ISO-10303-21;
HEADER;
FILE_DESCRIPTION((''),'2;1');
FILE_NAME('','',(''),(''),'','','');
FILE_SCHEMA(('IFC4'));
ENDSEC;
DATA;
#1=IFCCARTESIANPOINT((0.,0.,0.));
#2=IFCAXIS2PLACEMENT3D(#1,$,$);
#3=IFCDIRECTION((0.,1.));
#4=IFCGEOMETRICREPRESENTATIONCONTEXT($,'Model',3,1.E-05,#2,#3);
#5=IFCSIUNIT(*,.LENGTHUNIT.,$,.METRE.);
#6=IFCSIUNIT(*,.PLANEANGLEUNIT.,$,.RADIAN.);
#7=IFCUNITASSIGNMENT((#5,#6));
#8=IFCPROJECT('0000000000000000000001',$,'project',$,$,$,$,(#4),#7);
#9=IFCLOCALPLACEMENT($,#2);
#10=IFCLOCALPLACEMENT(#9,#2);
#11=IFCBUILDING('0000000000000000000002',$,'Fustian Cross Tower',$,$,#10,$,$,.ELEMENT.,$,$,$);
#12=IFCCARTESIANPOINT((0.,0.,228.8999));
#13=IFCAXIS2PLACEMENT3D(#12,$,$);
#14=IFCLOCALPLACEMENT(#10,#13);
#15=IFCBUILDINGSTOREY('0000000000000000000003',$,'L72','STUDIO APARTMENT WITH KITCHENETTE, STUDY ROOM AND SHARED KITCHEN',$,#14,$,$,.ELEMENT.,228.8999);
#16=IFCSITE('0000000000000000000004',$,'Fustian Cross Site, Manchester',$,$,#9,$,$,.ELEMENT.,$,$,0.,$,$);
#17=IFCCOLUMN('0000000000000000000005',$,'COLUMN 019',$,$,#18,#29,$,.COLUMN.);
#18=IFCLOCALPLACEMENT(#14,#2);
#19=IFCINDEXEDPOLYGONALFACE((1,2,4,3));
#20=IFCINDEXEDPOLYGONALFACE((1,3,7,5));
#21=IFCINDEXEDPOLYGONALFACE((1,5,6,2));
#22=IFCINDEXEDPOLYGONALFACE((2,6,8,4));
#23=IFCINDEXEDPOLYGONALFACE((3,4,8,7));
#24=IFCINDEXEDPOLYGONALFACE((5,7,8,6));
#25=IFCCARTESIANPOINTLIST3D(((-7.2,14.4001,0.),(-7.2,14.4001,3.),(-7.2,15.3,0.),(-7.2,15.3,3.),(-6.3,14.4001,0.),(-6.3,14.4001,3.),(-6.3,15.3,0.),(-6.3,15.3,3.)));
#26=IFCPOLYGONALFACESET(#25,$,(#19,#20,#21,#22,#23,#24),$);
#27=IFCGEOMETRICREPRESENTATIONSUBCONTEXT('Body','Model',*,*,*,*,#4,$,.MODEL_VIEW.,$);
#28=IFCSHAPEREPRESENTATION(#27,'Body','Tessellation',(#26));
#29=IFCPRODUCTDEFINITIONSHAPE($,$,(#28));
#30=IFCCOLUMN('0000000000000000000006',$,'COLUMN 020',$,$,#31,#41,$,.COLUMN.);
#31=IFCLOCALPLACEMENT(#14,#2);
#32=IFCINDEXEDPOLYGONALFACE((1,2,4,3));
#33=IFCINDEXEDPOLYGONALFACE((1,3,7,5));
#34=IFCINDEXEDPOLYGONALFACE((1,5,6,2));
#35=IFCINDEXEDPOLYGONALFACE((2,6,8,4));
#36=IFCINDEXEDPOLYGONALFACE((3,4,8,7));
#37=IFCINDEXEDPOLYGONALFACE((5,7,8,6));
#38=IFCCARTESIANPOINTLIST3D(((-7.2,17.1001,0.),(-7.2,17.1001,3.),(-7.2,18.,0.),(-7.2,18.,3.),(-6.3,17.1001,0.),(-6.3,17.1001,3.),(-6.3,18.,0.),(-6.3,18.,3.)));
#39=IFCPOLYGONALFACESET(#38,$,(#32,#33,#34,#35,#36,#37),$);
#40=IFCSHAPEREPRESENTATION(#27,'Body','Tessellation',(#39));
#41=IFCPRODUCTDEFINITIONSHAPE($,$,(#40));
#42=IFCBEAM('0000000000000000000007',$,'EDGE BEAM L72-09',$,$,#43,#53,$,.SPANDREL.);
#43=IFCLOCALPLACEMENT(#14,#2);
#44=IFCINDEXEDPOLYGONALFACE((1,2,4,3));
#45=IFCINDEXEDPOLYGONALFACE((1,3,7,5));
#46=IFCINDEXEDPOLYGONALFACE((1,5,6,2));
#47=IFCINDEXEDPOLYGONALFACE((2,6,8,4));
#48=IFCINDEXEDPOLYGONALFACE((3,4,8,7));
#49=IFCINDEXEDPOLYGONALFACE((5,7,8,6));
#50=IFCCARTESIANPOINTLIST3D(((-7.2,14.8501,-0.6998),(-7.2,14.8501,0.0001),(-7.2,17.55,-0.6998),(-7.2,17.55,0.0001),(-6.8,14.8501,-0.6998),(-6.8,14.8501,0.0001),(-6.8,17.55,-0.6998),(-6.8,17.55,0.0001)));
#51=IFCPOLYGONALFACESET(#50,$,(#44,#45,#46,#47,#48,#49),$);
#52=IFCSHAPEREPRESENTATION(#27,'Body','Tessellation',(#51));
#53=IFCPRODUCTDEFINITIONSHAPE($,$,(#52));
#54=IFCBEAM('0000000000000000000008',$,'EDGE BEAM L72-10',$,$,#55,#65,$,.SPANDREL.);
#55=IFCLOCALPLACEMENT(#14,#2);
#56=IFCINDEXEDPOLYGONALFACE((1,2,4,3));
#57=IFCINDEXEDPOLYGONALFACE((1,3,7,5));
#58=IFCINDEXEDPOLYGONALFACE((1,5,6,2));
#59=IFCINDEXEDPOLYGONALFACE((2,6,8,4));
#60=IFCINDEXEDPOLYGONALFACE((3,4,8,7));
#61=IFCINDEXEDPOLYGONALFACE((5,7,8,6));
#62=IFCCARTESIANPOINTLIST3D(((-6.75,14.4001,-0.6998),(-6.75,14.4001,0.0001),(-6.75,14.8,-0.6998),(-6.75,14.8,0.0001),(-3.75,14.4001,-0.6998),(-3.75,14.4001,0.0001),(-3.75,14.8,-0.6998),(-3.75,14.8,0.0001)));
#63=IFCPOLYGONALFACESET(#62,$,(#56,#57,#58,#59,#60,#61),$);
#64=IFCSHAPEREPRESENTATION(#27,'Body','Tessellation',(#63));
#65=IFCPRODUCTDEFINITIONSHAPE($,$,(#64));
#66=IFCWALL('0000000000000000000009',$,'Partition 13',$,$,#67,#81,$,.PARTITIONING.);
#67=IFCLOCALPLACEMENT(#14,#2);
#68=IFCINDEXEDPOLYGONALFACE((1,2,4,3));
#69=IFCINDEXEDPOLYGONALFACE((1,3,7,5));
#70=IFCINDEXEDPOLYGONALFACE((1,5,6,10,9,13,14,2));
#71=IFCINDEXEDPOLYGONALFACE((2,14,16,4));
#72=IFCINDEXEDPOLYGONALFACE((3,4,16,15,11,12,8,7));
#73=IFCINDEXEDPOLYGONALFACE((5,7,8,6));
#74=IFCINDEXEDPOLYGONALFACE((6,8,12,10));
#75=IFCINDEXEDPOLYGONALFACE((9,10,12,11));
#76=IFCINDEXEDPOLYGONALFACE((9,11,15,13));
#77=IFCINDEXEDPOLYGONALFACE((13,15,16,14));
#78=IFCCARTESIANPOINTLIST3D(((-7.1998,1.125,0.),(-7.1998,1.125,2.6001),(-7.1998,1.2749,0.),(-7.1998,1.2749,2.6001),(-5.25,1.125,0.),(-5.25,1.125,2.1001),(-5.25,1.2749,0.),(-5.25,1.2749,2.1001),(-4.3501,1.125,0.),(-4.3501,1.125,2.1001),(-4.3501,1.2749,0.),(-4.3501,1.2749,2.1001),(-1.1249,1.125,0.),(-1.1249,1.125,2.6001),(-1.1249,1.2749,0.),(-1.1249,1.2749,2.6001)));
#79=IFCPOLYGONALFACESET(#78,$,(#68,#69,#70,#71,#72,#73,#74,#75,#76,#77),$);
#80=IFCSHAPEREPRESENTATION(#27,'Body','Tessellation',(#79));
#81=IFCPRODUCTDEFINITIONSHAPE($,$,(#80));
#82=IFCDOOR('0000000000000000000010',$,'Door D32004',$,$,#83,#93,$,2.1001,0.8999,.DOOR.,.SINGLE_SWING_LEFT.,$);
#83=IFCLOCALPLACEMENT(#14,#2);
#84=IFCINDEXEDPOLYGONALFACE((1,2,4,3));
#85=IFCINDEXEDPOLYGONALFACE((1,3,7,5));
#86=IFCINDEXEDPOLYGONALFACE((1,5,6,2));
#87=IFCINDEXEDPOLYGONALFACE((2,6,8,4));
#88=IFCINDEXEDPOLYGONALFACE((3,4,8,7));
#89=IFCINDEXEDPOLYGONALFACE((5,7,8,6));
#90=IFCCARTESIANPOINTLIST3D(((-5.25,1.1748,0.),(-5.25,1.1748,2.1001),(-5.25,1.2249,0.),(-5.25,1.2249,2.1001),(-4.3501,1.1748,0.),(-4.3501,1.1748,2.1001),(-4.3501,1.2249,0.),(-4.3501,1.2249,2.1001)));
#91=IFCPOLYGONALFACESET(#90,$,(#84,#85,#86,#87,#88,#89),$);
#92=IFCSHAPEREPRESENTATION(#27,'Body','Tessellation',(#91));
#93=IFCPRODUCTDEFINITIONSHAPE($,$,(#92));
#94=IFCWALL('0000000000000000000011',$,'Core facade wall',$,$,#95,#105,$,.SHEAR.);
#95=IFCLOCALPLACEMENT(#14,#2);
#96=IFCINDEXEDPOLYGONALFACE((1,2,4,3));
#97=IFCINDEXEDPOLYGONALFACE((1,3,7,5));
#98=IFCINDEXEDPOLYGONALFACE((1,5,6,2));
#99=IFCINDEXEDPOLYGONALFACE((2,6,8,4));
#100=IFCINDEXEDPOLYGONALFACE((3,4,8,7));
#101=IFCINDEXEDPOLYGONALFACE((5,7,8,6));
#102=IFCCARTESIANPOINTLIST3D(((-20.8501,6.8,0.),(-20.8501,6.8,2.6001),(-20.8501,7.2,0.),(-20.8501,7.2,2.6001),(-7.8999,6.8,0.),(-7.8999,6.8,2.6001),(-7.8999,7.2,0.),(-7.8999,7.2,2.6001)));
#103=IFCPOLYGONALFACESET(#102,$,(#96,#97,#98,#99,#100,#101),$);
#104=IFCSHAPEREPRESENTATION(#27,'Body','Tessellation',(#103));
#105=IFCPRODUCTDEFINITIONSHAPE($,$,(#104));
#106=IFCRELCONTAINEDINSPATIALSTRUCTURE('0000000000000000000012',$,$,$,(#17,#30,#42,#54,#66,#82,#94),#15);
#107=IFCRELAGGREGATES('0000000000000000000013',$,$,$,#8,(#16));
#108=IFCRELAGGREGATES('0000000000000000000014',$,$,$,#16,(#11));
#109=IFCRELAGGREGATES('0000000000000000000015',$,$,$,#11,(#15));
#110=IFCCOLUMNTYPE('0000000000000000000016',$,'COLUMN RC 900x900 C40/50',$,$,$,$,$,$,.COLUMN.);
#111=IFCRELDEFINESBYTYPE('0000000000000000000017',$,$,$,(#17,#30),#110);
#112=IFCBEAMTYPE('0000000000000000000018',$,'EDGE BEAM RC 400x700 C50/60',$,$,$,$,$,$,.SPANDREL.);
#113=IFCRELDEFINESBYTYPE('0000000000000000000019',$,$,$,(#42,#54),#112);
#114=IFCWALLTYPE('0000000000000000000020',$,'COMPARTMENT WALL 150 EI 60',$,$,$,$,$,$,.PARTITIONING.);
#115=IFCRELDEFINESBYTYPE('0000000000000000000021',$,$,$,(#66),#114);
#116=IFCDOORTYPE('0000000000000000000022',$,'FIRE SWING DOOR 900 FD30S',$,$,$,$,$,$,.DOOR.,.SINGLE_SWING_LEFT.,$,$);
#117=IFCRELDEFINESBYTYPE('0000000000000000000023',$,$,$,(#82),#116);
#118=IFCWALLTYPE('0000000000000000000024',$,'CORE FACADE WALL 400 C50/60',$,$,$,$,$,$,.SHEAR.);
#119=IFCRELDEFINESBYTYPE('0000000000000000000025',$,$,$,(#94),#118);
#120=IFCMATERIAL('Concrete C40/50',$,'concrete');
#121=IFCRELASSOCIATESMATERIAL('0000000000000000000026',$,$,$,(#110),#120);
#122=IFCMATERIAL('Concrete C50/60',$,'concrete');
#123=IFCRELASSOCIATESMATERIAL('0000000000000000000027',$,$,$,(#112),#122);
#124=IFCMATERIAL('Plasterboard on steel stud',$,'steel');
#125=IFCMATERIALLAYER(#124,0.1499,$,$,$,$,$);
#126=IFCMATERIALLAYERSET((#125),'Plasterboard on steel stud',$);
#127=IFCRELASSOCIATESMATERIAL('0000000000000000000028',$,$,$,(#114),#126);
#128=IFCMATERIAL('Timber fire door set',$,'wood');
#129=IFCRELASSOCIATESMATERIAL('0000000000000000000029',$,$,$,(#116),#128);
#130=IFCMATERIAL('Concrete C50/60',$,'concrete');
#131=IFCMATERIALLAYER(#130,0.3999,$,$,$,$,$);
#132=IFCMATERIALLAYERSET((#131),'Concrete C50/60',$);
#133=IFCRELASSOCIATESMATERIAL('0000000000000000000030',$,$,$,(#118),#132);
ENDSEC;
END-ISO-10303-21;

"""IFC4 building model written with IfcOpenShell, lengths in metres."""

from ifc_helpers import new_model, si_unit, direction, frame, frame_2d, origin, origin_2d, place, context, subcontext, project, spatial, rectangle, extrude, material, layer, layer_set, material_profile, profile_set, type_object, element, fill, save


model = new_model("IFC4")

# Units and contexts
model_context = context("Model", 3, precision=1e-05, world=origin(), true_north=direction((0.0, 1.0)))
body_context = subcontext(model_context, "Body", "Model", "MODEL_VIEW")
ifc_project = project(units=[si_unit("LENGTHUNIT", "METRE"), si_unit("PLANEANGLEUNIT", "RADIAN")], contexts=[model_context])

# Site, building, storey
site_placement = place(None, origin())
site = spatial("IfcSite", under=ifc_project, at=site_placement, Name="Fustian Cross Site, Manchester", CompositionType="ELEMENT", RefElevation=0.0)
building_placement = place(site_placement, origin())
building = spatial("IfcBuilding", under=site, at=building_placement, Name="Fustian Cross Tower", CompositionType="ELEMENT")
storey_placement = place(building_placement, frame((0.0, 0.0, 228.8999)))
storey = spatial("IfcBuildingStorey", under=building, at=storey_placement, Name="L72", Description="STUDIO APARTMENT WITH KITCHENETTE, STUDY ROOM AND SHARED KITCHEN", CompositionType="ELEMENT", Elevation=228.8999)

# Columns
ifc_material_1 = material(Name="Concrete C40/50", Category="concrete")
ifc_material_profile_1 = material_profile(ifc_material_1, rectangle(XDim=0.8999, YDim=0.8999, at=origin_2d()), Name="RC 900x900")
ifc_profile_set_1 = profile_set([ifc_material_profile_1], Name="Concrete C40/50")
column_type = type_object("IfcColumnType", Name="COLUMN RC 900x900 C40/50", PredefinedType="COLUMN", material=ifc_profile_set_1)
for number, where, z_axis, x_axis, name in (
    (1, (-6.75, 14.8501, 0.0), (0.0, 0.0, 1.0), (1.0, 0.0, 0.0), "COLUMN 019"),
    (2, (-6.75, 17.55, 0.0), (0.0, 0.0, 1.0), (1.0, 0.0, 0.0), "COLUMN 020"),
):
    element("IfcColumn", number, at=place(storey_placement, frame(where, z_axis=z_axis, x_axis=x_axis)), inside=storey, type_object=column_type, Name=name, PredefinedType="COLUMN", context=body_context, shape_type="SweptSolid", body=[
        extrude(rectangle(XDim=0.8999, YDim=0.8999, at=origin_2d()), origin(), (0.0, 0.0, 1.0), 3.0),
    ])

# Beams
ifc_material_2 = material(Name="Concrete C50/60", Category="concrete")
ifc_material_profile_2 = material_profile(ifc_material_2, rectangle(XDim=0.3999, YDim=0.7, at=origin_2d()), Name="RC 400x700")
ifc_profile_set_2 = profile_set([ifc_material_profile_2], Name="Concrete C50/60")
beam_type = type_object("IfcBeamType", Name="EDGE BEAM RC 400x700 C50/60", PredefinedType="SPANDREL", material=ifc_profile_set_2)
beam_1_placement = place(storey_placement, frame((-7.0, 17.55, -0.3499), z_axis=(0.0, -1.0, 0.0), x_axis=(1.0, 0.0, 0.0)))
element("IfcBeam", 3, at=beam_1_placement, inside=storey, type_object=beam_type, Name="EDGE BEAM L72-09", PredefinedType="SPANDREL", context=body_context, shape_type="SweptSolid", body=[
    extrude(rectangle(XDim=0.3999, YDim=0.7, at=origin_2d()), origin(), (0.0, 0.0, 1.0), 2.7),
])
beam_2_placement = place(storey_placement, frame((-6.75, 14.6001, -0.3499), z_axis=(1.0, 0.0, 0.0), x_axis=(0.0, 1.0, 0.0)))
element("IfcBeam", 4, at=beam_2_placement, inside=storey, type_object=beam_type, Name="EDGE BEAM L72-10", PredefinedType="SPANDREL", context=body_context, shape_type="SweptSolid", body=[
    extrude(rectangle(XDim=0.3999, YDim=0.7, at=origin_2d()), origin(), (0.0, 0.0, 1.0), 3.0),
])

# Wall, opening, door
ifc_material_3 = material(Name="Plasterboard on steel stud", Category="steel")
ifc_layer_1 = layer(ifc_material_3, 0.1499)
ifc_layer_set_1 = layer_set([ifc_layer_1], Name="Plasterboard on steel stud")
wall_type_1 = type_object("IfcWallType", Name="COMPARTMENT WALL 150 EI 60", PredefinedType="PARTITIONING", material=ifc_layer_set_1)
wall_1_placement = place(storey_placement, frame((-7.2, 1.2, 0.0), z_axis=(0.0, 0.0, 1.0), x_axis=(1.0, 0.0, 0.0)))
wall_1 = element("IfcWall", 5, at=wall_1_placement, inside=storey, type_object=wall_type_1, Name="Partition 13", PredefinedType="PARTITIONING", context=body_context, shape_type="SweptSolid", body=[
    extrude(rectangle(XDim=6.075, YDim=0.1499, at=frame_2d((3.0376, 0.0))), origin(), (0.0, 0.0, 1.0), 2.6001),
])
opening_1_placement = place(wall_1_placement, frame((1.95, 0.0, 0.0)))
opening_1 = element("IfcOpeningElement", 6, at=opening_1_placement, cuts=wall_1, PredefinedType="OPENING", context=body_context, shape_type="SweptSolid", body=[
    extrude(rectangle(XDim=0.8999, YDim=2.1001, at=frame_2d((0.45, 1.05))), frame((0.0, 0.085, 0.0), z_axis=(0.0, -1.0, 0.0), x_axis=(1.0, 0.0, 0.0)), (0.0, 0.0, 1.0), 0.1699),
])
ifc_material_4 = material(Name="Timber fire door set", Category="wood")
door_type_1 = type_object("IfcDoorType", Name="FIRE SWING DOOR 900 FD30S", OperationType="SINGLE_SWING_LEFT", PredefinedType="DOOR", material=ifc_material_4)
door_1_placement = place(opening_1_placement, origin())
door_1 = element("IfcDoor", 7, at=door_1_placement, inside=storey, type_object=door_type_1, Name="Door D32004", OperationType="SINGLE_SWING_LEFT", OverallHeight=2.1001, OverallWidth=0.8999, PredefinedType="DOOR", context=body_context, shape_type="SweptSolid", body=[
    extrude(rectangle(XDim=0.8999, YDim=2.1001, at=frame_2d((0.45, 1.05))), frame((0.0, 0.0249, 0.0), z_axis=(0.0, -1.0, 0.0), x_axis=(1.0, 0.0, 0.0)), (0.0, 0.0, 1.0), 0.05),
])
fill(opening_1, door_1)

# Wall
ifc_material_5 = material(Name="Concrete C50/60", Category="concrete")
ifc_layer_2 = layer(ifc_material_5, 0.3999)
ifc_layer_set_2 = layer_set([ifc_layer_2], Name="Concrete C50/60")
wall_type_2 = type_object("IfcWallType", Name="CORE FACADE WALL 400 C50/60", PredefinedType="SHEAR", material=ifc_layer_set_2)
wall_2_placement = place(storey_placement, frame((-7.8999, 7.0, 0.0), z_axis=(0.0, 0.0, 1.0), x_axis=(-1.0, 0.0, 0.0)))
element("IfcWall", 8, at=wall_2_placement, inside=storey, type_object=wall_type_2, Name="Core facade wall", PredefinedType="SHEAR", context=body_context, shape_type="SweptSolid", body=[
    extrude(rectangle(XDim=12.9502, YDim=0.3999, at=frame_2d((6.4751, 0.0))), origin(), (0.0, 0.0, 1.0), 2.6001),
])

save(model, "model.ifc")
